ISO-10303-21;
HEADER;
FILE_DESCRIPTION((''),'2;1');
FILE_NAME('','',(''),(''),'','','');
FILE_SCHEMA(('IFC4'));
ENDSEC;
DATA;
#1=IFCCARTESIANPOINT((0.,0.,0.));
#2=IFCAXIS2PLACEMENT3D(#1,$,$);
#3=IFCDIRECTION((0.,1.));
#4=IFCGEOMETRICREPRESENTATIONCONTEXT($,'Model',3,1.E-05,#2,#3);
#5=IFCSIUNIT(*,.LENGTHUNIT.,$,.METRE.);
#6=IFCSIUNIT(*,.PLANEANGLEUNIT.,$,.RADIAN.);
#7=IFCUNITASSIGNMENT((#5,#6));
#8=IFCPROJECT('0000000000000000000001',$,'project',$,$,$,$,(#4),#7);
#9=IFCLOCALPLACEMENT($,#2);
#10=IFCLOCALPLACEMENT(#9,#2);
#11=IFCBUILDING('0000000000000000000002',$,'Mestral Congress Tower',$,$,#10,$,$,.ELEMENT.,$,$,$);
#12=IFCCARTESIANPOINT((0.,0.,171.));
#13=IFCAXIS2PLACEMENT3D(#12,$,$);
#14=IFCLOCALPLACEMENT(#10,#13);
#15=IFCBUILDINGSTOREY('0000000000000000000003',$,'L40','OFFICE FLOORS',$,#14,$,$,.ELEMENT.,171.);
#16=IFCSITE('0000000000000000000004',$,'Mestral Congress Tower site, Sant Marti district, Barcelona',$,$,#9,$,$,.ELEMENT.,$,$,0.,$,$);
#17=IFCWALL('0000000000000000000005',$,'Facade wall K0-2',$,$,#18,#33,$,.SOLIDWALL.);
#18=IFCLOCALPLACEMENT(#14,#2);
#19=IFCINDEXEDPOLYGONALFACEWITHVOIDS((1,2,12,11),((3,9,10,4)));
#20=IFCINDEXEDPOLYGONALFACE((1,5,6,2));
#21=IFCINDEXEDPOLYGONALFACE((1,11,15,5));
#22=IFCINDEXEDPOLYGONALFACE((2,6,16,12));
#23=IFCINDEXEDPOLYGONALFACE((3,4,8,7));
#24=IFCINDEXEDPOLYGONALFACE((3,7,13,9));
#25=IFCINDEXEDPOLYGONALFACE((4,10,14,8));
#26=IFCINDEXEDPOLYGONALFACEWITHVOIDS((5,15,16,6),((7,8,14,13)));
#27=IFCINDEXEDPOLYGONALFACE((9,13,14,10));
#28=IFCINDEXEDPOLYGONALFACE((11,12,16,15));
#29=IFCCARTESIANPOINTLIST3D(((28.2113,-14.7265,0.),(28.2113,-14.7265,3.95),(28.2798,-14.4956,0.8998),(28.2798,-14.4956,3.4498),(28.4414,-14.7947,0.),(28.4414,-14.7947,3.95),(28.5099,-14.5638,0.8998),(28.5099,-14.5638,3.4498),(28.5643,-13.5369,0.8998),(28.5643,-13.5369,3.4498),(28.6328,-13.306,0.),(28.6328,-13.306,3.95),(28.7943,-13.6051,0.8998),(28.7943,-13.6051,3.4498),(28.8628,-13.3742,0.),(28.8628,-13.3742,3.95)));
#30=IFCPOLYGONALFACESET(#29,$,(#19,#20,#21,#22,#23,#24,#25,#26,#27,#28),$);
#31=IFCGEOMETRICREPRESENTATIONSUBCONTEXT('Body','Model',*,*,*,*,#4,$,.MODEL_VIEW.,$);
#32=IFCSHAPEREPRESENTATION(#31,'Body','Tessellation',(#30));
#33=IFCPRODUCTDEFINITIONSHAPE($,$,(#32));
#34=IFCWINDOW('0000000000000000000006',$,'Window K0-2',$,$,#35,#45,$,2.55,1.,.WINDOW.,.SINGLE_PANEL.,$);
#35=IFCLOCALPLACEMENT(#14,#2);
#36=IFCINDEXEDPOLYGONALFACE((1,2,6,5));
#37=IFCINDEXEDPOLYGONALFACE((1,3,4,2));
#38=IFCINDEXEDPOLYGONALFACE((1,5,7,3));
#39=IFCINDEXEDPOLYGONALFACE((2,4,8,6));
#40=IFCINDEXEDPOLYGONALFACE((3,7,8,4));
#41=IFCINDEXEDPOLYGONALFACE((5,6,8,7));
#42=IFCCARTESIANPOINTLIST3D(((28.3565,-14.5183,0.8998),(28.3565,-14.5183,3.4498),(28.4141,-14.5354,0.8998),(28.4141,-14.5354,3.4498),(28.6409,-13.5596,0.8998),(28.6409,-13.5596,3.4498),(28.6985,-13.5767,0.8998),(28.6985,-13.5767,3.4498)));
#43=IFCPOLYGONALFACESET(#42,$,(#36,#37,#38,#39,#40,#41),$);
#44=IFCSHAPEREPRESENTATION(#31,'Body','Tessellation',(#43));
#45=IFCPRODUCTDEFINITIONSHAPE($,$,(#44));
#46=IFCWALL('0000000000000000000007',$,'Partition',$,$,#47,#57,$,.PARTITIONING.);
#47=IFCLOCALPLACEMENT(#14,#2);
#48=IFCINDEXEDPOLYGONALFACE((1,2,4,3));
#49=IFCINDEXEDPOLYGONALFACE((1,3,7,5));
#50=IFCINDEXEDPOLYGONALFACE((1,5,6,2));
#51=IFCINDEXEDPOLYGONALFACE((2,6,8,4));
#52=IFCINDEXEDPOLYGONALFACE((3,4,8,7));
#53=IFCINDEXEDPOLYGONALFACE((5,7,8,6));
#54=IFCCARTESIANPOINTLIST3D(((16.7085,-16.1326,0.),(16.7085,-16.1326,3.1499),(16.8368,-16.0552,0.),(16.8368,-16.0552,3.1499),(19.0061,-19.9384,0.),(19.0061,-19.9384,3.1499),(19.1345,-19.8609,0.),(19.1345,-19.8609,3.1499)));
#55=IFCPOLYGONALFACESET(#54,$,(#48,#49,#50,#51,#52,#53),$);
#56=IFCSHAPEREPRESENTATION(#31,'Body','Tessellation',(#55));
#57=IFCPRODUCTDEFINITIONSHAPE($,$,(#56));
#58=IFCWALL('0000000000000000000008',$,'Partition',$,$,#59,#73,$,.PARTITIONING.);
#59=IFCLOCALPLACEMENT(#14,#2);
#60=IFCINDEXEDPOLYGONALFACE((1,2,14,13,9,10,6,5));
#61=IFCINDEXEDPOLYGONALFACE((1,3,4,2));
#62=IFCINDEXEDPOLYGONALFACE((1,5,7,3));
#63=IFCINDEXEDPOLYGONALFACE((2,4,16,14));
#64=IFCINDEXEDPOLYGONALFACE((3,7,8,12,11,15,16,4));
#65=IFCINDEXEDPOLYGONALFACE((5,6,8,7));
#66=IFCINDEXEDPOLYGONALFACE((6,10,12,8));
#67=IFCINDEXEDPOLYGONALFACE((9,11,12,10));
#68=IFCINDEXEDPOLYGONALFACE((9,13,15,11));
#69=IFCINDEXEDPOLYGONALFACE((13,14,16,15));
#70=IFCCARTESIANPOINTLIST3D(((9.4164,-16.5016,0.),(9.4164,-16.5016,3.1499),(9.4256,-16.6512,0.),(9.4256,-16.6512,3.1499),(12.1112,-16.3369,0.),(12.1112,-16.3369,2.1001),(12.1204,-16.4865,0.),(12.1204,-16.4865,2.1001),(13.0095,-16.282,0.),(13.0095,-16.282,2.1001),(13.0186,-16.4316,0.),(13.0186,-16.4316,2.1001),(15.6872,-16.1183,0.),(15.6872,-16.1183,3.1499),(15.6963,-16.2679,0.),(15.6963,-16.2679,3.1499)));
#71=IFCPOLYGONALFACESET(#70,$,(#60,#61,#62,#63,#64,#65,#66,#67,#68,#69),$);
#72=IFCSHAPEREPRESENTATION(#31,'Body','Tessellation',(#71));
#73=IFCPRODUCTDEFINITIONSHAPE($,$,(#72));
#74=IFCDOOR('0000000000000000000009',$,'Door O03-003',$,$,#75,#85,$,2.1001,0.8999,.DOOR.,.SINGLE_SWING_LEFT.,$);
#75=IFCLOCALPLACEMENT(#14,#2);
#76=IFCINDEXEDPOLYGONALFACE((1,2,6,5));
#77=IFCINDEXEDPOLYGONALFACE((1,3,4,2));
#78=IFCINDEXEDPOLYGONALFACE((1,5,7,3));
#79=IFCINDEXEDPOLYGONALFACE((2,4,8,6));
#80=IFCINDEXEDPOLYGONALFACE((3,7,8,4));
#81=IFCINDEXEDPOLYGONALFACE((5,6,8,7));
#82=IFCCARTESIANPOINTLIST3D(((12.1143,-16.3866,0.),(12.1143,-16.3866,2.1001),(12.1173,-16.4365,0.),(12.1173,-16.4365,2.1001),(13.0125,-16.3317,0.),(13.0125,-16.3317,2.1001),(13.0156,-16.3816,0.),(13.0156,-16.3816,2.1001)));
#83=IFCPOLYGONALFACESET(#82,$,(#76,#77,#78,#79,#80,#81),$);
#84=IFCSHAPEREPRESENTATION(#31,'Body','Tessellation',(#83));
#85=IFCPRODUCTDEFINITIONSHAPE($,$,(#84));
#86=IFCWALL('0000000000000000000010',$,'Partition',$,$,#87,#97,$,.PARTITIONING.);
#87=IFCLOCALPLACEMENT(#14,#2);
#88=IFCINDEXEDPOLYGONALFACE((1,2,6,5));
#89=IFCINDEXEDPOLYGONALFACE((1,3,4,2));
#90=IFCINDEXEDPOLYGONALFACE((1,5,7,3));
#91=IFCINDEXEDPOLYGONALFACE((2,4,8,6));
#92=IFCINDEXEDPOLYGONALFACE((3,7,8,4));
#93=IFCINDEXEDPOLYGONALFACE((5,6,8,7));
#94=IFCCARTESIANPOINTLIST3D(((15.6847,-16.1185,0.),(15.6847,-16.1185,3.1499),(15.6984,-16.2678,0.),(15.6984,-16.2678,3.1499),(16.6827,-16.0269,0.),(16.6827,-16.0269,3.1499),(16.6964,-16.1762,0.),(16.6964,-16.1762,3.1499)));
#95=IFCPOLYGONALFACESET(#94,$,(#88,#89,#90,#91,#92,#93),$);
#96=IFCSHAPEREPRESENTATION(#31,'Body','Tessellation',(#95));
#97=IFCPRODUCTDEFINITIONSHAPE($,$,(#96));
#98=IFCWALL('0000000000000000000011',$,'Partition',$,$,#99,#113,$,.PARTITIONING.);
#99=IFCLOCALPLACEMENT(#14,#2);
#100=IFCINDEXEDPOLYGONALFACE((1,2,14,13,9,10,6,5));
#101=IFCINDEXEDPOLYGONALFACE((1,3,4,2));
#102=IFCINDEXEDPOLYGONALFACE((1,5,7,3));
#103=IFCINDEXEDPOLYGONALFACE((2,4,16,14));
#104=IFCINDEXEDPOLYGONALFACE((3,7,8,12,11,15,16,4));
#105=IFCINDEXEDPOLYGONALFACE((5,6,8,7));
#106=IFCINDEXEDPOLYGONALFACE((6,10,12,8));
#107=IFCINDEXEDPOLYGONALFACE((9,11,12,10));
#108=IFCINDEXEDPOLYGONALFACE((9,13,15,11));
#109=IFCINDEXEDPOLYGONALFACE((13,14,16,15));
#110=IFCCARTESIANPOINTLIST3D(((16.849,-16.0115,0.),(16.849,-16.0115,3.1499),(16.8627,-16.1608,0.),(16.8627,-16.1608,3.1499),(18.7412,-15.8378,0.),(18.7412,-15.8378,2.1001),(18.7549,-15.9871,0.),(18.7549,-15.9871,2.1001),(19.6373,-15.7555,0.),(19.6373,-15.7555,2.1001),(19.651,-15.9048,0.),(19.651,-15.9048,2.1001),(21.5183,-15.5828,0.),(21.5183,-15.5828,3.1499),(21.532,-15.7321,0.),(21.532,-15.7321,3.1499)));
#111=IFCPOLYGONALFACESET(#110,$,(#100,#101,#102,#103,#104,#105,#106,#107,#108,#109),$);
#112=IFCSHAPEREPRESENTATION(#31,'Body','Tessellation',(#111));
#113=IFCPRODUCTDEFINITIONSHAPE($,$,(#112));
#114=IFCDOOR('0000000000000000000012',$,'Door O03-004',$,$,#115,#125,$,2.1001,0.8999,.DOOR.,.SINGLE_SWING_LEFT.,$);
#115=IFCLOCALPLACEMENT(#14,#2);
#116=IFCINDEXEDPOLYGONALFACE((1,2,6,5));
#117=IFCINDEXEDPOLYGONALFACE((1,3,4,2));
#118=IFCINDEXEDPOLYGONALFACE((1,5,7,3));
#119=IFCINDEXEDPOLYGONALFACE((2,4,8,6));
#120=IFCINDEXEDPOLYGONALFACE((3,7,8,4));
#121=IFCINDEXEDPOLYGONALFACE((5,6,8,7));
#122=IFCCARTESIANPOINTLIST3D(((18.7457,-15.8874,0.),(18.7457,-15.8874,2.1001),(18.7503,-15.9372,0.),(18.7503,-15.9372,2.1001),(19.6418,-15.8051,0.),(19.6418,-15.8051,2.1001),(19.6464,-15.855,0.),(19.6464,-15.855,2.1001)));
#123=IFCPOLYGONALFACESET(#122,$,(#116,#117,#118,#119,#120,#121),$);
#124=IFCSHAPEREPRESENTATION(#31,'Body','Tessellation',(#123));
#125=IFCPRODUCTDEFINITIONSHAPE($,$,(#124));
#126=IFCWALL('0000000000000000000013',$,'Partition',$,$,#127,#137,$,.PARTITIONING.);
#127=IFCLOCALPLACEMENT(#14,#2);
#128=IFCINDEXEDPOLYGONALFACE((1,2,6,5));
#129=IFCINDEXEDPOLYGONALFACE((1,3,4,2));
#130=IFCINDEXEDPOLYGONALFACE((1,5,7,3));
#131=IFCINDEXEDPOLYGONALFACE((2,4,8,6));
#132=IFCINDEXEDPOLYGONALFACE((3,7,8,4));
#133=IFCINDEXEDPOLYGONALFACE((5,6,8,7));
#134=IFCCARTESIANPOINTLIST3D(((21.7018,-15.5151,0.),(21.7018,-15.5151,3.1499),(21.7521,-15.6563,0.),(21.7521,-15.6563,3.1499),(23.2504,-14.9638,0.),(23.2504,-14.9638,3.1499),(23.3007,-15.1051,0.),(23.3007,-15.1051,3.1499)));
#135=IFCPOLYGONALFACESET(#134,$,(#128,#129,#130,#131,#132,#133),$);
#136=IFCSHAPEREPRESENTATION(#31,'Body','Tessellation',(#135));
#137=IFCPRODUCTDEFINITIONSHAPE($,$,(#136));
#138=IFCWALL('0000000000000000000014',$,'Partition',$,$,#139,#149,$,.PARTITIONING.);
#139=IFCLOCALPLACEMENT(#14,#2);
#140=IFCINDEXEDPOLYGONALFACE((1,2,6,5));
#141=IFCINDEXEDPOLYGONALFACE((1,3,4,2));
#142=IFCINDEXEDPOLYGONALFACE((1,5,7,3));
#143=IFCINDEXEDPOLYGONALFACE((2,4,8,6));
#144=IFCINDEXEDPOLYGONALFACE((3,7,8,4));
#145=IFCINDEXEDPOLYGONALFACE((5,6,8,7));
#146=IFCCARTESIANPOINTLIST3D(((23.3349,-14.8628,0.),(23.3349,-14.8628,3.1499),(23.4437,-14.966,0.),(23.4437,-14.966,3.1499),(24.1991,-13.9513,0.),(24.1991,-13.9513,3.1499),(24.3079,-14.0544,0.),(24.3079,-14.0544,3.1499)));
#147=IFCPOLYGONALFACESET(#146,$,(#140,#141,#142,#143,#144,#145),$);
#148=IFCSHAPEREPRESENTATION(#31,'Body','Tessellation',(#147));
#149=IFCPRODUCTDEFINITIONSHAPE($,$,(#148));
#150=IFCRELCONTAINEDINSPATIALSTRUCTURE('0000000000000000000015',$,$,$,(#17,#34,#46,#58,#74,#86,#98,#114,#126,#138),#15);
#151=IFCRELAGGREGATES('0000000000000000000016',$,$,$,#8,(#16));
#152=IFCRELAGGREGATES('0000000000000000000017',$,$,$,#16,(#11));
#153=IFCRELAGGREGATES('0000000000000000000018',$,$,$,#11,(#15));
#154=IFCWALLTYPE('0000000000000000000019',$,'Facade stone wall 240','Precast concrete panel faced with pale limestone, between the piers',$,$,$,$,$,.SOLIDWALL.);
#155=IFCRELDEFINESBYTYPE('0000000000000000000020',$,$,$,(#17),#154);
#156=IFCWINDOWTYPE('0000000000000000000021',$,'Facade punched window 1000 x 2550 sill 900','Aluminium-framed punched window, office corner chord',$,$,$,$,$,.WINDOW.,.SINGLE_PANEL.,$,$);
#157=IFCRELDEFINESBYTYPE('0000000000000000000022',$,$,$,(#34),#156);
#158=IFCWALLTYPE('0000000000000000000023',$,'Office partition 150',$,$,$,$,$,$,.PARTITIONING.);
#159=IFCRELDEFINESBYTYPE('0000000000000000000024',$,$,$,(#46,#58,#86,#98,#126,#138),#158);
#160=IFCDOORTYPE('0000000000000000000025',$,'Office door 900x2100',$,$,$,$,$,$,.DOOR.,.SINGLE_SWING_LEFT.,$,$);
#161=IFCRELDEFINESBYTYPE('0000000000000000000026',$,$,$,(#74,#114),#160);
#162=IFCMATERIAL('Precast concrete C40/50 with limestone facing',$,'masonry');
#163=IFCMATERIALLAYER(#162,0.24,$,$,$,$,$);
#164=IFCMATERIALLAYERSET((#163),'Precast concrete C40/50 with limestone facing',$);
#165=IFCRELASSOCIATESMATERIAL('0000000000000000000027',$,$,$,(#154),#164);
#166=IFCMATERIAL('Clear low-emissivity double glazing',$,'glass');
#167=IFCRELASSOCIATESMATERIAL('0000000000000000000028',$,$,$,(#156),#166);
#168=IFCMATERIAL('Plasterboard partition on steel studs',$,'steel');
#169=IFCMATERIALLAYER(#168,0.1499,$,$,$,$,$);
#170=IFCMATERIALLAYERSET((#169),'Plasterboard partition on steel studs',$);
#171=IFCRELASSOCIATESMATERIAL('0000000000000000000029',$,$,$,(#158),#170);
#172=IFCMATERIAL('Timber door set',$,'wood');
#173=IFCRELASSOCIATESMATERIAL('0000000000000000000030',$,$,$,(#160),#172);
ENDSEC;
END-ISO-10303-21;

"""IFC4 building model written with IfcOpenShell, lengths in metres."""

from ifc_helpers import new_model, si_unit, direction, frame, frame_2d, origin, place, context, subcontext, project, spatial, rectangle, extrude, material, layer, layer_set, type_object, element, fill, save


model = new_model("IFC4")

# Units and contexts
model_context = context("Model", 3, precision=1e-05, world=origin(), true_north=direction((0.0, 1.0)))
body_context = subcontext(model_context, "Body", "Model", "MODEL_VIEW")
ifc_project = project(units=[si_unit("LENGTHUNIT", "METRE"), si_unit("PLANEANGLEUNIT", "RADIAN")], contexts=[model_context])

# Site, building, storey
site_placement = place(None, origin())
site = spatial("IfcSite", under=ifc_project, at=site_placement, Name="Mestral Congress Tower site, Sant Marti district, Barcelona", CompositionType="ELEMENT", RefElevation=0.0)
building_placement = place(site_placement, origin())
building = spatial("IfcBuilding", under=site, at=building_placement, Name="Mestral Congress Tower", CompositionType="ELEMENT")
storey_placement = place(building_placement, frame((0.0, 0.0, 171.0)))
storey = spatial("IfcBuildingStorey", under=building, at=storey_placement, Name="L40", Description="OFFICE FLOORS", CompositionType="ELEMENT", Elevation=171.0)

# Shared definitions
ifc_material_1 = material(Name="Precast concrete C40/50 with limestone facing", Category="masonry")
ifc_layer_1 = layer(ifc_material_1, 0.24)
ifc_layer_set_1 = layer_set([ifc_layer_1], Name="Precast concrete C40/50 with limestone facing")
wall_type_1 = type_object("IfcWallType", Name="Facade stone wall 240", Description="Precast concrete panel faced with pale limestone, between the piers", PredefinedType="SOLIDWALL", material=ifc_layer_set_1)
ifc_material_2 = material(Name="Clear low-emissivity double glazing", Category="glass")

# Wall, opening, window
window_type_1 = type_object("IfcWindowType", Name="Facade punched window 1000 x 2550 sill 900", Description="Aluminium-framed punched window, office corner chord", PartitioningType="SINGLE_PANEL", PredefinedType="WINDOW", material=ifc_material_2)
wall_1_placement = place(storey_placement, frame((28.3264, -14.7605, 0.0), z_axis=(0.0, 0.0, 1.0), x_axis=(0.284414, 0.958702, 0.0)))
wall_1 = element("IfcWall", 1, at=wall_1_placement, inside=storey, type_object=wall_type_1, Name="Facade wall K0-2", PredefinedType="SOLIDWALL", context=body_context, shape_type="SweptSolid", body=[
    extrude(rectangle(XDim=1.4817, YDim=0.24, at=frame_2d((0.7407, 0.0))), origin(), (0.0, 0.0, 1.0), 3.95),
])
opening_1_placement = place(wall_1_placement, frame((0.2407, 0.0, 0.8999)))
opening_1 = element("IfcOpeningElement", 2, at=opening_1_placement, cuts=wall_1, PredefinedType="OPENING", context=body_context, shape_type="SweptSolid", body=[
    extrude(rectangle(XDim=1.0, YDim=2.55, at=frame_2d((0.5, 1.2749))), frame((0.0, 0.1299, 0.0), z_axis=(0.0, -1.0, 0.0), x_axis=(1.0, 0.0, 0.0)), (0.0, 0.0, 1.0), 0.26),
])
window_1_placement = place(opening_1_placement, origin())
window_1 = element("IfcWindow", 3, at=window_1_placement, inside=storey, type_object=window_type_1, Name="Window K0-2", OverallHeight=2.55, OverallWidth=1.0, PartitioningType="SINGLE_PANEL", PredefinedType="WINDOW", context=body_context, shape_type="SweptSolid", body=[
    extrude(rectangle(XDim=1.0, YDim=2.55, at=frame_2d((0.5, 1.2749))), frame((0.0, 0.04, 0.0), z_axis=(0.0, -1.0, 0.0), x_axis=(1.0, 0.0, 0.0)), (0.0, 0.0, 1.0), 0.0601),
])
fill(opening_1, window_1)

# Wall
ifc_material_3 = material(Name="Plasterboard partition on steel studs", Category="steel")
ifc_layer_2 = layer(ifc_material_3, 0.1499)
ifc_layer_set_2 = layer_set([ifc_layer_2], Name="Plasterboard partition on steel studs")
wall_type_2 = type_object("IfcWallType", Name="Office partition 150", PredefinedType="PARTITIONING", material=ifc_layer_set_2)
wall_2_placement = place(storey_placement, frame((16.7727, -16.094, 0.0), z_axis=(0.0, 0.0, 1.0), x_axis=(0.516844, -0.85608, 0.0)))
element("IfcWall", 4, at=wall_2_placement, inside=storey, type_object=wall_type_2, Name="Partition", PredefinedType="PARTITIONING", context=body_context, shape_type="SweptSolid", body=[
    extrude(rectangle(XDim=4.4456, YDim=0.1499, at=frame_2d((2.2227, 0.0))), origin(), (0.0, 0.0, 1.0), 3.1499),
])

# Wall, opening, door
wall_3_placement = place(storey_placement, frame((15.6917, -16.1931, 0.0), z_axis=(0.0, 0.0, 1.0), x_axis=(-0.998137, -0.061011, 0.0)))
wall_3 = element("IfcWall", 5, at=wall_3_placement, inside=storey, type_object=wall_type_2, Name="Partition", PredefinedType="PARTITIONING", context=body_context, shape_type="SweptSolid", body=[
    extrude(rectangle(XDim=6.2825, YDim=0.1499, at=frame_2d((3.1411, 0.0))), origin(), (0.0, 0.0, 1.0), 3.1499),
])
opening_2_placement = place(wall_3_placement, frame((2.6826, 0.0, 0.0)))
opening_2 = element("IfcOpeningElement", 6, at=opening_2_placement, cuts=wall_3, PredefinedType="OPENING", context=body_context, shape_type="SweptSolid", body=[
    extrude(rectangle(XDim=0.8999, YDim=2.1001, at=frame_2d((0.45, 1.05))), frame((0.0, 0.085, 0.0), z_axis=(0.0, -1.0, 0.0), x_axis=(1.0, 0.0, 0.0)), (0.0, 0.0, 1.0), 0.1699),
])
ifc_material_4 = material(Name="Timber door set", Category="wood")
door_type = type_object("IfcDoorType", Name="Office door 900x2100", OperationType="SINGLE_SWING_LEFT", PredefinedType="DOOR", material=ifc_material_4)
door_1_placement = place(opening_2_placement, origin())
door_1 = element("IfcDoor", 7, at=door_1_placement, inside=storey, type_object=door_type, Name="Door O03-003", OperationType="SINGLE_SWING_LEFT", OverallHeight=2.1001, OverallWidth=0.8999, PredefinedType="DOOR", context=body_context, shape_type="SweptSolid", body=[
    extrude(rectangle(XDim=0.8999, YDim=2.1001, at=frame_2d((0.45, 1.05))), frame((0.0, 0.0249, 0.0), z_axis=(0.0, -1.0, 0.0), x_axis=(1.0, 0.0, 0.0)), (0.0, 0.0, 1.0), 0.05),
])
fill(opening_2, door_1)

# Wall
wall_4_placement = place(storey_placement, frame((15.6917, -16.1931, 0.0), z_axis=(0.0, 0.0, 1.0), x_axis=(0.995819, 0.091348, 0.0)))
element("IfcWall", 8, at=wall_4_placement, inside=storey, type_object=wall_type_2, Name="Partition", PredefinedType="PARTITIONING", context=body_context, shape_type="SweptSolid", body=[
    extrude(rectangle(XDim=1.0022, YDim=0.1499, at=frame_2d((0.501, 0.0))), origin(), (0.0, 0.0, 1.0), 3.1499),
])

# Wall, opening, door
wall_5_placement = place(storey_placement, frame((21.5251, -15.6575, 0.0), z_axis=(0.0, 0.0, 1.0), x_axis=(-0.995812, -0.091428, 0.0)))
wall_5 = element("IfcWall", 9, at=wall_5_placement, inside=storey, type_object=wall_type_2, Name="Partition", PredefinedType="PARTITIONING", context=body_context, shape_type="SweptSolid", body=[
    extrude(rectangle(XDim=4.689, YDim=0.1499, at=frame_2d((2.3445, 0.0))), origin(), (0.0, 0.0, 1.0), 3.1499),
])
opening_3_placement = place(wall_5_placement, frame((1.8889, 0.0, 0.0)))
opening_3 = element("IfcOpeningElement", 10, at=opening_3_placement, cuts=wall_5, PredefinedType="OPENING", context=body_context, shape_type="SweptSolid", body=[
    extrude(rectangle(XDim=0.8999, YDim=2.1001, at=frame_2d((0.45, 1.05))), frame((0.0, 0.085, 0.0), z_axis=(0.0, -1.0, 0.0), x_axis=(1.0, 0.0, 0.0)), (0.0, 0.0, 1.0), 0.1699),
])
door_2_placement = place(opening_3_placement, origin())
door_2 = element("IfcDoor", 11, at=door_2_placement, inside=storey, type_object=door_type, Name="Door O03-004", OperationType="SINGLE_SWING_LEFT", OverallHeight=2.1001, OverallWidth=0.8999, PredefinedType="DOOR", context=body_context, shape_type="SweptSolid", body=[
    extrude(rectangle(XDim=0.8999, YDim=2.1001, at=frame_2d((0.45, 1.05))), frame((0.0, 0.0249, 0.0), z_axis=(0.0, -1.0, 0.0), x_axis=(1.0, 0.0, 0.0)), (0.0, 0.0, 1.0), 0.05),
])
fill(opening_3, door_2)

# Walls
wall_6_placement = place(storey_placement, frame((21.7271, -15.5857, 0.0), z_axis=(0.0, 0.0, 1.0), x_axis=(0.942088, 0.335367, 0.0)))
element("IfcWall", 12, at=wall_6_placement, inside=storey, type_object=wall_type_2, Name="Partition", PredefinedType="PARTITIONING", context=body_context, shape_type="SweptSolid", body=[
    extrude(rectangle(XDim=1.6438, YDim=0.1499, at=frame_2d((0.8218, 0.0))), origin(), (0.0, 0.0, 1.0), 3.1499),
])
wall_7_placement = place(storey_placement, frame((23.3894, -14.9143, 0.0), z_axis=(0.0, 0.0, 1.0), x_axis=(0.688003, 0.725707, 0.0)))
element("IfcWall", 13, at=wall_7_placement, inside=storey, type_object=wall_type_2, Name="Partition", PredefinedType="PARTITIONING", context=body_context, shape_type="SweptSolid", body=[
    extrude(rectangle(XDim=1.2561, YDim=0.1499, at=frame_2d((0.6279, 0.0))), origin(), (0.0, 0.0, 1.0), 3.1499),
])

save(model, "model.ifc")
